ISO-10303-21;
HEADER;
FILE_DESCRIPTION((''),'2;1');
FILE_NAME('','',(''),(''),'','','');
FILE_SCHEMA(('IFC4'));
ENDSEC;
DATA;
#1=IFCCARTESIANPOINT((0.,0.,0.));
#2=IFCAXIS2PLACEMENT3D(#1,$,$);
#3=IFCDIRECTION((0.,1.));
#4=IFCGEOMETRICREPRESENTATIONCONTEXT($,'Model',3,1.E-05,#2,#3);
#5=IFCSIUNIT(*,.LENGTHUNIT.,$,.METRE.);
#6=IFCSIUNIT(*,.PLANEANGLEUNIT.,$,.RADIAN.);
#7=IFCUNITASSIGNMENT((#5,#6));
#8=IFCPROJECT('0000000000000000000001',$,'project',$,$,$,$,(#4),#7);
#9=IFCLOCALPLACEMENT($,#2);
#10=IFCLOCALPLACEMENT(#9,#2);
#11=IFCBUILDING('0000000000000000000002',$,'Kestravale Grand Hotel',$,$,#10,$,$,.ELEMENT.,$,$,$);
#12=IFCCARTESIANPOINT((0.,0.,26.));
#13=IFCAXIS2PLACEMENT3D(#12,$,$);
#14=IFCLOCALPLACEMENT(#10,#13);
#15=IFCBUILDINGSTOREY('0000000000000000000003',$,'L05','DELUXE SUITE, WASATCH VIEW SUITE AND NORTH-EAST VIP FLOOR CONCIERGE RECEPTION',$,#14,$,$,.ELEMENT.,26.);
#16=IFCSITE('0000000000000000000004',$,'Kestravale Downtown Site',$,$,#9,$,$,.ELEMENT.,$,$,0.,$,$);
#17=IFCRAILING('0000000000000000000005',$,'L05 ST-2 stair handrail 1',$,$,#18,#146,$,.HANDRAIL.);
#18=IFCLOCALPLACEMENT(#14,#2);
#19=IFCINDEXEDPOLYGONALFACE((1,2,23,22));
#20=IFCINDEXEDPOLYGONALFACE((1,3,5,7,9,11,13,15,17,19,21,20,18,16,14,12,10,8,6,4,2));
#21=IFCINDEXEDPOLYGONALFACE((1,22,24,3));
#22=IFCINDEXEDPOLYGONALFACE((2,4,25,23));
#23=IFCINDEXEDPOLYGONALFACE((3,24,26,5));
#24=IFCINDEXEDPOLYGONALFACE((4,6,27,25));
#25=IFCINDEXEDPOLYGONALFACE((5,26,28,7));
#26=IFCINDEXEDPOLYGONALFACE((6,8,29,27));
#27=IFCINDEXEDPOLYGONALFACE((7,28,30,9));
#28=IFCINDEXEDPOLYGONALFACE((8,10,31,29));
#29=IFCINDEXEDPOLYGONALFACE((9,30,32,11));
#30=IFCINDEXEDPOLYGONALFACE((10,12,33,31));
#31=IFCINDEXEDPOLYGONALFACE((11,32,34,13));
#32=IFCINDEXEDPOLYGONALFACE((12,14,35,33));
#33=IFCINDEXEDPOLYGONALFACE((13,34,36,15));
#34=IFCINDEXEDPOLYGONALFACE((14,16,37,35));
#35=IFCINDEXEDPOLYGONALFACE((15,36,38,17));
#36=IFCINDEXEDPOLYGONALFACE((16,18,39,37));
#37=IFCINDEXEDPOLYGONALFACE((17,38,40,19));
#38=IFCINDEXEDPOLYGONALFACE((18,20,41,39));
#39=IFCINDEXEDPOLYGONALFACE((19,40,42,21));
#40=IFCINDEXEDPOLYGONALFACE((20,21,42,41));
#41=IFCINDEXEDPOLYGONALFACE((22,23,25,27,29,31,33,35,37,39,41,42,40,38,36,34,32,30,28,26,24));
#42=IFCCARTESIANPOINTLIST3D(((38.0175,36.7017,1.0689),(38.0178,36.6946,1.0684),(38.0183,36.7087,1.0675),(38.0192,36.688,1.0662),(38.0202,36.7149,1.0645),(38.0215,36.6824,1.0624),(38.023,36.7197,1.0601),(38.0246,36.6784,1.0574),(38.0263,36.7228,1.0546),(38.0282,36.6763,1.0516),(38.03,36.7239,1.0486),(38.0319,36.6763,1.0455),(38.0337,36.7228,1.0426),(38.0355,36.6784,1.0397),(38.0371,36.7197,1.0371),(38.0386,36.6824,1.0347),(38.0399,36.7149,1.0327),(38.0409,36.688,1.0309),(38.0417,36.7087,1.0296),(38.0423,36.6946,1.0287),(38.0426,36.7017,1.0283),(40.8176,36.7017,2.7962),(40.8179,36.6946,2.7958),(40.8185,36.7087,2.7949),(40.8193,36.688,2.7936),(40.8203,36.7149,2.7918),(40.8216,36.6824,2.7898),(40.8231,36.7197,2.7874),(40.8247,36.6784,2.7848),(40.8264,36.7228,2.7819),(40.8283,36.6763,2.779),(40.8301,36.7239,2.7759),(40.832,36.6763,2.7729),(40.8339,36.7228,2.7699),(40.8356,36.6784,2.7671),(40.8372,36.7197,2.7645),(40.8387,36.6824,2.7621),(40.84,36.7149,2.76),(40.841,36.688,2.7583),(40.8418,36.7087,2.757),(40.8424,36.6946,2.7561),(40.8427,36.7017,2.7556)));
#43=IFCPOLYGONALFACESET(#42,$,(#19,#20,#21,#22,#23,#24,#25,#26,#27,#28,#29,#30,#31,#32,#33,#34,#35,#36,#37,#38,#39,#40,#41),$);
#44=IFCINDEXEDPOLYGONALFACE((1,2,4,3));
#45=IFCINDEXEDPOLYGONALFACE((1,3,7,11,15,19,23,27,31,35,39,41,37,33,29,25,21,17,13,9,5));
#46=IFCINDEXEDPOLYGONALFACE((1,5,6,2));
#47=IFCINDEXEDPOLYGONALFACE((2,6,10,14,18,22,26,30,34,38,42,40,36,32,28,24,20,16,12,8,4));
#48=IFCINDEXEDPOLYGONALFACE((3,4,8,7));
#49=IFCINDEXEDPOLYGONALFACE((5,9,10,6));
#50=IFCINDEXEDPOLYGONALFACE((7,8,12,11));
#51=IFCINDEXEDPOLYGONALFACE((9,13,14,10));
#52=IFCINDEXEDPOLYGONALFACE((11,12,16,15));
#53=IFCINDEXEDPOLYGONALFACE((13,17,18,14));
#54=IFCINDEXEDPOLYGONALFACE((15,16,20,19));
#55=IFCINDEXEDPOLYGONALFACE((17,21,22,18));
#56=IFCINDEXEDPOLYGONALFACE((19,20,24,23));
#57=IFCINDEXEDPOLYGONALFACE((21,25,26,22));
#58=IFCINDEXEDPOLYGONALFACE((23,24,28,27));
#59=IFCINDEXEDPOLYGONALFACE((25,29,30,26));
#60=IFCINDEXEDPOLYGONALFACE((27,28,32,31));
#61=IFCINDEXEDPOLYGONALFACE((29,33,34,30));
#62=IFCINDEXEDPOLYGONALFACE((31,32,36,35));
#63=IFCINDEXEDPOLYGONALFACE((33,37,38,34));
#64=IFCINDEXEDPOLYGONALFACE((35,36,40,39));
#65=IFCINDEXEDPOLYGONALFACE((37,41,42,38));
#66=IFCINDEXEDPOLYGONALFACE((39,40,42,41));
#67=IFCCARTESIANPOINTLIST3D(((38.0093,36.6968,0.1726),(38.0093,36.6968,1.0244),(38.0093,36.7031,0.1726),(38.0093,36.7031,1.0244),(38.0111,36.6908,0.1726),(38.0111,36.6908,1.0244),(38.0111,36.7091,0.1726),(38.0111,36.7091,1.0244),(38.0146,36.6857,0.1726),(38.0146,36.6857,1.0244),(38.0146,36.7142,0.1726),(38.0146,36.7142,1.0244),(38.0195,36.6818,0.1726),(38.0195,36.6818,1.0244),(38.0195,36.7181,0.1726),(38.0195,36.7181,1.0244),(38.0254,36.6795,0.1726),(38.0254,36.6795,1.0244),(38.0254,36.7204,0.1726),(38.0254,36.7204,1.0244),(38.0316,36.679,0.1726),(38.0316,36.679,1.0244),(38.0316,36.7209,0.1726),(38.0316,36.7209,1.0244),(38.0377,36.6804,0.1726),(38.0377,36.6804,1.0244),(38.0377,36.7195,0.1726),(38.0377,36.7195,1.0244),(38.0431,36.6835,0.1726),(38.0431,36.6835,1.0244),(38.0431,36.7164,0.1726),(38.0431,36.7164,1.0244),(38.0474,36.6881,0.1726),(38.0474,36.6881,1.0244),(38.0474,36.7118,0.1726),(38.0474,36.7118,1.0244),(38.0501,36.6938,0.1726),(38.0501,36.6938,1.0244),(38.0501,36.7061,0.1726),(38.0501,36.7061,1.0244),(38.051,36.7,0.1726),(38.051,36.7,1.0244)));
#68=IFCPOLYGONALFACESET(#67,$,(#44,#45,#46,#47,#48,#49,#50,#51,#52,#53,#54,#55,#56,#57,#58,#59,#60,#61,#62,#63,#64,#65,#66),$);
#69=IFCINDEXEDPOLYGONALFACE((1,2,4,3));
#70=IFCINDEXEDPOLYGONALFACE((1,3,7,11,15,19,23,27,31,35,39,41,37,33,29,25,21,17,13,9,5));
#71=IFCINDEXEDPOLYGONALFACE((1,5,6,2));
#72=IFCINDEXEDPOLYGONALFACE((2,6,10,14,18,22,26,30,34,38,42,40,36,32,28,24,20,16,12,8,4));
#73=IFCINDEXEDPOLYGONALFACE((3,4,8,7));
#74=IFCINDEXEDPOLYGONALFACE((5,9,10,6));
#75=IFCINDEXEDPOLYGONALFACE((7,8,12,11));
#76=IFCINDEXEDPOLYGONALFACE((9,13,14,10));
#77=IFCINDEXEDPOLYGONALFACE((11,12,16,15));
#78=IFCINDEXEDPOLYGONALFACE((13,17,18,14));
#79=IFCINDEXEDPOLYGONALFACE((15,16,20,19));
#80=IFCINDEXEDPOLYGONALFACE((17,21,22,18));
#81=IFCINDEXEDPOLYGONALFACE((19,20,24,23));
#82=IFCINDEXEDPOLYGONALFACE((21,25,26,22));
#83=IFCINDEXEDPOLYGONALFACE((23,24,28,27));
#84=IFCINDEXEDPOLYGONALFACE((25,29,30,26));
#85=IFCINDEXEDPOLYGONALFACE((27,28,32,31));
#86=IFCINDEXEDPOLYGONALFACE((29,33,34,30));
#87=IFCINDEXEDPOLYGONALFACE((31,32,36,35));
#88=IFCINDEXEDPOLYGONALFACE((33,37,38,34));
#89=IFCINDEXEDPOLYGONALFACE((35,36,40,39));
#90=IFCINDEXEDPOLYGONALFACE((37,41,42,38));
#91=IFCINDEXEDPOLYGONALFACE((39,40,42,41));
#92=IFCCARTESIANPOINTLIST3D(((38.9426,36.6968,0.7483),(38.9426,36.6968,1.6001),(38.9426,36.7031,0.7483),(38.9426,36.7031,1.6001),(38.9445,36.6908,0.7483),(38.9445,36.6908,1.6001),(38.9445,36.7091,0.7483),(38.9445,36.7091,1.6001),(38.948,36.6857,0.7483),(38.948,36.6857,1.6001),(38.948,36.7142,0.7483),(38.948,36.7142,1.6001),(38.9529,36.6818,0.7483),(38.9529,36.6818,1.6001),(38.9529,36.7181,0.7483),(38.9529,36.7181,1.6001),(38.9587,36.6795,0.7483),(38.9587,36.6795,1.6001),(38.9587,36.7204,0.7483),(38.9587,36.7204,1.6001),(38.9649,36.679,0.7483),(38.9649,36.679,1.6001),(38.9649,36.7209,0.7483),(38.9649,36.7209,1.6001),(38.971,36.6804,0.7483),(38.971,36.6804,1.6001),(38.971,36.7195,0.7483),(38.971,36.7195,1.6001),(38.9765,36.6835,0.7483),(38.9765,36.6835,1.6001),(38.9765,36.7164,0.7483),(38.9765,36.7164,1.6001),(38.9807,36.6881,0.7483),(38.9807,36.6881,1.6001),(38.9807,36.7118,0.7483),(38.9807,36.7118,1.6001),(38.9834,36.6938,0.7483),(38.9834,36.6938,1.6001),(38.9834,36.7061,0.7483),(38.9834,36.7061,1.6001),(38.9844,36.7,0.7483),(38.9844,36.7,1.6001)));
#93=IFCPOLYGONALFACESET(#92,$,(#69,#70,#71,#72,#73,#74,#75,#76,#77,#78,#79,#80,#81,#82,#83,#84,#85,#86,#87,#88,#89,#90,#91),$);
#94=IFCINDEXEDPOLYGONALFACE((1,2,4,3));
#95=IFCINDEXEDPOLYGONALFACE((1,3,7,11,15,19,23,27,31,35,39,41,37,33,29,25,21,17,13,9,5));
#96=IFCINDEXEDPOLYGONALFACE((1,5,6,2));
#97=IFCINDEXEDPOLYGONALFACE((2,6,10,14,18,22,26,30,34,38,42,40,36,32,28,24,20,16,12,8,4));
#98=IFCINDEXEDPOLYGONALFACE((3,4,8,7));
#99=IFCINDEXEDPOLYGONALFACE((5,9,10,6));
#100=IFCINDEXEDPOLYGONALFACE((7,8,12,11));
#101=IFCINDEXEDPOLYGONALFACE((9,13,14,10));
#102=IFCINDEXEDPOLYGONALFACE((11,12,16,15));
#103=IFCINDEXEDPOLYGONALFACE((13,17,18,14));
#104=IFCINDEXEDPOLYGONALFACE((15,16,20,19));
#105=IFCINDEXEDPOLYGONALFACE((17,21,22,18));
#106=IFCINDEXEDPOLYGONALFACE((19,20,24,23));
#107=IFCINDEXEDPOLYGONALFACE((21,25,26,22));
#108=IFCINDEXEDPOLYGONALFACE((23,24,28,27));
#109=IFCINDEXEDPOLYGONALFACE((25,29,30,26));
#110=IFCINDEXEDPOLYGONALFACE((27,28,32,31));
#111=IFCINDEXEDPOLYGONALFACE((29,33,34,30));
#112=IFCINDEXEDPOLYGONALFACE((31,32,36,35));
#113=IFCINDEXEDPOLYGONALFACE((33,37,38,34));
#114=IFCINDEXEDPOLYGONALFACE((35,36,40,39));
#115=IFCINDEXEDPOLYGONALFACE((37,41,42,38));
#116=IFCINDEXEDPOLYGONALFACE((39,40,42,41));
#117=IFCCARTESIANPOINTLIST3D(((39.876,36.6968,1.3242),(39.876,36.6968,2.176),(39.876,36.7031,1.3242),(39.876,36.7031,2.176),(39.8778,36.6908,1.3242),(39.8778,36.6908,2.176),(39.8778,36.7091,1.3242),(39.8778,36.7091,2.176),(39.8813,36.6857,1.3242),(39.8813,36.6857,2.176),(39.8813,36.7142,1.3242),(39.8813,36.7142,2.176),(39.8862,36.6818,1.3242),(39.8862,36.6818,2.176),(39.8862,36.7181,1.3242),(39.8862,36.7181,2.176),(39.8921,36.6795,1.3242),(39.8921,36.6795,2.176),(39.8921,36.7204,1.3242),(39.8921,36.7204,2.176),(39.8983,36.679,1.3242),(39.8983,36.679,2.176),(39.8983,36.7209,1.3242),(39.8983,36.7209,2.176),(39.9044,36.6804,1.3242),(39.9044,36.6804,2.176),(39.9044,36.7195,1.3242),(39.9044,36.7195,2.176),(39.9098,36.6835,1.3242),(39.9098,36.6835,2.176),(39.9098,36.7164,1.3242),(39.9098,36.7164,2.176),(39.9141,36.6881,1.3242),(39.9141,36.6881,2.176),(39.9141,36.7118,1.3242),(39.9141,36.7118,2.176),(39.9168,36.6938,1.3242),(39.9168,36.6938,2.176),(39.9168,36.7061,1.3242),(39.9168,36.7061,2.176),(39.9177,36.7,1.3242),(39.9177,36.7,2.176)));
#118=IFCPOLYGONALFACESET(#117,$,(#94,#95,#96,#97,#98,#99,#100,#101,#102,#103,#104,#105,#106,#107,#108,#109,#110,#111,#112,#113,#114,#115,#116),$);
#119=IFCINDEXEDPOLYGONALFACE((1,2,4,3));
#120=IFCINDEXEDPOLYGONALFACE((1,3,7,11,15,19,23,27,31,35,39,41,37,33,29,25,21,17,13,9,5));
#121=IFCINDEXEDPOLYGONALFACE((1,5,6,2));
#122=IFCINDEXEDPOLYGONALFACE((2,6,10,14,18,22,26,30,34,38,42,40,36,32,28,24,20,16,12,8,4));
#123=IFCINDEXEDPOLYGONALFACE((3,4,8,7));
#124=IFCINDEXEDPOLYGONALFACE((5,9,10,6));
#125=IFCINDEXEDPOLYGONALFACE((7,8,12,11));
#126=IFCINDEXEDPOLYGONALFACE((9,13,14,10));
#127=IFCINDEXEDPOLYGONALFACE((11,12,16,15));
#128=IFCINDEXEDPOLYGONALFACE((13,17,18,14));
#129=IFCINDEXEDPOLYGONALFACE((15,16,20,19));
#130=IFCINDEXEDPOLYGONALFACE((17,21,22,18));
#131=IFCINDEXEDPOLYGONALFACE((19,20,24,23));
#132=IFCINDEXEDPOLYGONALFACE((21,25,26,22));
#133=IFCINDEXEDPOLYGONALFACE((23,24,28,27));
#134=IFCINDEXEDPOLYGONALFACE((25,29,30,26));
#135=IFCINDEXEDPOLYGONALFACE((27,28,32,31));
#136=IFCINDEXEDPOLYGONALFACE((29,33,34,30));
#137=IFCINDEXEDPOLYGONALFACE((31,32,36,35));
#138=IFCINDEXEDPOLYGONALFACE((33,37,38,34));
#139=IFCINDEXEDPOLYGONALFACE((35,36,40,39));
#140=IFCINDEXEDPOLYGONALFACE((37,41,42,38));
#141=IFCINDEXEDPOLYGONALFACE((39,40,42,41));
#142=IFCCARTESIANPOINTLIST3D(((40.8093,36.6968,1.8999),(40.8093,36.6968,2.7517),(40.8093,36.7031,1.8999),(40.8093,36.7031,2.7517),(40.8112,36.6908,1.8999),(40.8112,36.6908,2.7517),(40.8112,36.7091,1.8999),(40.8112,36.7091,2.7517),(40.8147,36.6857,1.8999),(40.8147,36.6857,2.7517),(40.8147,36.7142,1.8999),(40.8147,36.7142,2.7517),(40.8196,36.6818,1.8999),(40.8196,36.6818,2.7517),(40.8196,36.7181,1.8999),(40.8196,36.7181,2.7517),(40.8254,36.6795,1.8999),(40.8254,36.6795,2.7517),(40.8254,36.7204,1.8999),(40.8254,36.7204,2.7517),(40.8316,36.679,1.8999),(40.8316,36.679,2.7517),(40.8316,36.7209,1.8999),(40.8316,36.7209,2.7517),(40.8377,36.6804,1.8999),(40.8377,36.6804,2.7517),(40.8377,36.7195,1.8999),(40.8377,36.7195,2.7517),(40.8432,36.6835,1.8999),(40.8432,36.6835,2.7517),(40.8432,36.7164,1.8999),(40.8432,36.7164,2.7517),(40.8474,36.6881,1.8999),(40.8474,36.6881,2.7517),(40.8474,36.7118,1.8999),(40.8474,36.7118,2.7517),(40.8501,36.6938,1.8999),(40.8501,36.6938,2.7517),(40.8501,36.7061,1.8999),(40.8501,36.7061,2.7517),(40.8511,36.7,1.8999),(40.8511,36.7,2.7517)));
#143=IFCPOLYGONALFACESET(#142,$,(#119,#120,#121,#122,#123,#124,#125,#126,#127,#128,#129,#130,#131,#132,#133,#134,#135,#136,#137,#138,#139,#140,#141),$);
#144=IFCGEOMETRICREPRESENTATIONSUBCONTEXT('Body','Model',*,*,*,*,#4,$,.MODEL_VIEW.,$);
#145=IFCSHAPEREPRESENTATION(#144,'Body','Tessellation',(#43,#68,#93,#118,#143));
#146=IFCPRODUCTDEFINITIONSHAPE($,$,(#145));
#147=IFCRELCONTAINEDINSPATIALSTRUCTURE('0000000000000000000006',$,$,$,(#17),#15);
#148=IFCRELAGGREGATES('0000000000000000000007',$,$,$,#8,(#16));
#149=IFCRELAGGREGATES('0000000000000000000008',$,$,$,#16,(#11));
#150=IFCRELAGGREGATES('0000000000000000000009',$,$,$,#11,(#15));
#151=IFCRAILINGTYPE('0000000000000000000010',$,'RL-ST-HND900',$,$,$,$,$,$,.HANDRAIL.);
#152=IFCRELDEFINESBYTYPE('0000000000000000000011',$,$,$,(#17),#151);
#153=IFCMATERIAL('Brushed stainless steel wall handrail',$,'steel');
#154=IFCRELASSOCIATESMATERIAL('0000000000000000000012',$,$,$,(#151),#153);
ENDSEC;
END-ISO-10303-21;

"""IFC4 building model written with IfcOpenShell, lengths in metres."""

from ifc_helpers import new_model, si_unit, direction, frame, origin, origin_2d, place, context, subcontext, project, spatial, circle, extrude, material, type_object, element, save


model = new_model("IFC4")

# Units and contexts
model_context = context("Model", 3, precision=1e-05, world=origin(), true_north=direction((0.0, 1.0)))
body_context = subcontext(model_context, "Body", "Model", "MODEL_VIEW")
ifc_project = project(units=[si_unit("LENGTHUNIT", "METRE"), si_unit("PLANEANGLEUNIT", "RADIAN")], contexts=[model_context])

# Site, building, storey
site_placement = place(None, origin())
site = spatial("IfcSite", under=ifc_project, at=site_placement, Name="Kestravale Downtown Site", CompositionType="ELEMENT", RefElevation=0.0)
building_placement = place(site_placement, origin())
building = spatial("IfcBuilding", under=site, at=building_placement, Name="Kestravale Grand Hotel", CompositionType="ELEMENT")
storey_placement = place(building_placement, frame((0.0, 0.0, 26.0)))
storey = spatial("IfcBuildingStorey", under=building, at=storey_placement, Name="L05", Description="DELUXE SUITE, WASATCH VIEW SUITE AND NORTH-EAST VIP FLOOR CONCIERGE RECEPTION", CompositionType="ELEMENT", Elevation=26.0)

# Railing
ifc_material_1 = material(Name="Brushed stainless steel wall handrail", Category="steel")
railing_type_1 = type_object("IfcRailingType", Name="RL-ST-HND900", PredefinedType="HANDRAIL", material=ifc_material_1)
railing_1_placement = place(storey_placement, frame((38.03, 36.7, 0.1726)))
element("IfcRailing", 1, at=railing_1_placement, inside=storey, type_object=railing_type_1, Name="L05 ST-2 stair handrail 1", PredefinedType="HANDRAIL", context=body_context, shape_type="SweptSolid", body=[
    extrude(circle(Radius=0.0239, at=origin_2d()), frame((0.0, 0.0, 0.876), z_axis=(0.85109, 0.0, 0.52502), x_axis=(0.0, 1.0, 0.0)), (0.0, 0.0, 1.0), 3.29),
    extrude(circle(Radius=0.021, at=origin_2d()), origin(), (0.0, 0.0, 1.0), 0.8518),
    extrude(circle(Radius=0.021, at=origin_2d()), frame((0.9333, 0.0, 0.5757)), (0.0, 0.0, 1.0), 0.8518),
    extrude(circle(Radius=0.021, at=origin_2d()), frame((1.8667, 0.0, 1.1516)), (0.0, 0.0, 1.0), 0.8518),
    extrude(circle(Radius=0.021, at=origin_2d()), frame((2.8, 0.0, 1.7273)), (0.0, 0.0, 1.0), 0.8518),
])

save(model, "model.ifc")
